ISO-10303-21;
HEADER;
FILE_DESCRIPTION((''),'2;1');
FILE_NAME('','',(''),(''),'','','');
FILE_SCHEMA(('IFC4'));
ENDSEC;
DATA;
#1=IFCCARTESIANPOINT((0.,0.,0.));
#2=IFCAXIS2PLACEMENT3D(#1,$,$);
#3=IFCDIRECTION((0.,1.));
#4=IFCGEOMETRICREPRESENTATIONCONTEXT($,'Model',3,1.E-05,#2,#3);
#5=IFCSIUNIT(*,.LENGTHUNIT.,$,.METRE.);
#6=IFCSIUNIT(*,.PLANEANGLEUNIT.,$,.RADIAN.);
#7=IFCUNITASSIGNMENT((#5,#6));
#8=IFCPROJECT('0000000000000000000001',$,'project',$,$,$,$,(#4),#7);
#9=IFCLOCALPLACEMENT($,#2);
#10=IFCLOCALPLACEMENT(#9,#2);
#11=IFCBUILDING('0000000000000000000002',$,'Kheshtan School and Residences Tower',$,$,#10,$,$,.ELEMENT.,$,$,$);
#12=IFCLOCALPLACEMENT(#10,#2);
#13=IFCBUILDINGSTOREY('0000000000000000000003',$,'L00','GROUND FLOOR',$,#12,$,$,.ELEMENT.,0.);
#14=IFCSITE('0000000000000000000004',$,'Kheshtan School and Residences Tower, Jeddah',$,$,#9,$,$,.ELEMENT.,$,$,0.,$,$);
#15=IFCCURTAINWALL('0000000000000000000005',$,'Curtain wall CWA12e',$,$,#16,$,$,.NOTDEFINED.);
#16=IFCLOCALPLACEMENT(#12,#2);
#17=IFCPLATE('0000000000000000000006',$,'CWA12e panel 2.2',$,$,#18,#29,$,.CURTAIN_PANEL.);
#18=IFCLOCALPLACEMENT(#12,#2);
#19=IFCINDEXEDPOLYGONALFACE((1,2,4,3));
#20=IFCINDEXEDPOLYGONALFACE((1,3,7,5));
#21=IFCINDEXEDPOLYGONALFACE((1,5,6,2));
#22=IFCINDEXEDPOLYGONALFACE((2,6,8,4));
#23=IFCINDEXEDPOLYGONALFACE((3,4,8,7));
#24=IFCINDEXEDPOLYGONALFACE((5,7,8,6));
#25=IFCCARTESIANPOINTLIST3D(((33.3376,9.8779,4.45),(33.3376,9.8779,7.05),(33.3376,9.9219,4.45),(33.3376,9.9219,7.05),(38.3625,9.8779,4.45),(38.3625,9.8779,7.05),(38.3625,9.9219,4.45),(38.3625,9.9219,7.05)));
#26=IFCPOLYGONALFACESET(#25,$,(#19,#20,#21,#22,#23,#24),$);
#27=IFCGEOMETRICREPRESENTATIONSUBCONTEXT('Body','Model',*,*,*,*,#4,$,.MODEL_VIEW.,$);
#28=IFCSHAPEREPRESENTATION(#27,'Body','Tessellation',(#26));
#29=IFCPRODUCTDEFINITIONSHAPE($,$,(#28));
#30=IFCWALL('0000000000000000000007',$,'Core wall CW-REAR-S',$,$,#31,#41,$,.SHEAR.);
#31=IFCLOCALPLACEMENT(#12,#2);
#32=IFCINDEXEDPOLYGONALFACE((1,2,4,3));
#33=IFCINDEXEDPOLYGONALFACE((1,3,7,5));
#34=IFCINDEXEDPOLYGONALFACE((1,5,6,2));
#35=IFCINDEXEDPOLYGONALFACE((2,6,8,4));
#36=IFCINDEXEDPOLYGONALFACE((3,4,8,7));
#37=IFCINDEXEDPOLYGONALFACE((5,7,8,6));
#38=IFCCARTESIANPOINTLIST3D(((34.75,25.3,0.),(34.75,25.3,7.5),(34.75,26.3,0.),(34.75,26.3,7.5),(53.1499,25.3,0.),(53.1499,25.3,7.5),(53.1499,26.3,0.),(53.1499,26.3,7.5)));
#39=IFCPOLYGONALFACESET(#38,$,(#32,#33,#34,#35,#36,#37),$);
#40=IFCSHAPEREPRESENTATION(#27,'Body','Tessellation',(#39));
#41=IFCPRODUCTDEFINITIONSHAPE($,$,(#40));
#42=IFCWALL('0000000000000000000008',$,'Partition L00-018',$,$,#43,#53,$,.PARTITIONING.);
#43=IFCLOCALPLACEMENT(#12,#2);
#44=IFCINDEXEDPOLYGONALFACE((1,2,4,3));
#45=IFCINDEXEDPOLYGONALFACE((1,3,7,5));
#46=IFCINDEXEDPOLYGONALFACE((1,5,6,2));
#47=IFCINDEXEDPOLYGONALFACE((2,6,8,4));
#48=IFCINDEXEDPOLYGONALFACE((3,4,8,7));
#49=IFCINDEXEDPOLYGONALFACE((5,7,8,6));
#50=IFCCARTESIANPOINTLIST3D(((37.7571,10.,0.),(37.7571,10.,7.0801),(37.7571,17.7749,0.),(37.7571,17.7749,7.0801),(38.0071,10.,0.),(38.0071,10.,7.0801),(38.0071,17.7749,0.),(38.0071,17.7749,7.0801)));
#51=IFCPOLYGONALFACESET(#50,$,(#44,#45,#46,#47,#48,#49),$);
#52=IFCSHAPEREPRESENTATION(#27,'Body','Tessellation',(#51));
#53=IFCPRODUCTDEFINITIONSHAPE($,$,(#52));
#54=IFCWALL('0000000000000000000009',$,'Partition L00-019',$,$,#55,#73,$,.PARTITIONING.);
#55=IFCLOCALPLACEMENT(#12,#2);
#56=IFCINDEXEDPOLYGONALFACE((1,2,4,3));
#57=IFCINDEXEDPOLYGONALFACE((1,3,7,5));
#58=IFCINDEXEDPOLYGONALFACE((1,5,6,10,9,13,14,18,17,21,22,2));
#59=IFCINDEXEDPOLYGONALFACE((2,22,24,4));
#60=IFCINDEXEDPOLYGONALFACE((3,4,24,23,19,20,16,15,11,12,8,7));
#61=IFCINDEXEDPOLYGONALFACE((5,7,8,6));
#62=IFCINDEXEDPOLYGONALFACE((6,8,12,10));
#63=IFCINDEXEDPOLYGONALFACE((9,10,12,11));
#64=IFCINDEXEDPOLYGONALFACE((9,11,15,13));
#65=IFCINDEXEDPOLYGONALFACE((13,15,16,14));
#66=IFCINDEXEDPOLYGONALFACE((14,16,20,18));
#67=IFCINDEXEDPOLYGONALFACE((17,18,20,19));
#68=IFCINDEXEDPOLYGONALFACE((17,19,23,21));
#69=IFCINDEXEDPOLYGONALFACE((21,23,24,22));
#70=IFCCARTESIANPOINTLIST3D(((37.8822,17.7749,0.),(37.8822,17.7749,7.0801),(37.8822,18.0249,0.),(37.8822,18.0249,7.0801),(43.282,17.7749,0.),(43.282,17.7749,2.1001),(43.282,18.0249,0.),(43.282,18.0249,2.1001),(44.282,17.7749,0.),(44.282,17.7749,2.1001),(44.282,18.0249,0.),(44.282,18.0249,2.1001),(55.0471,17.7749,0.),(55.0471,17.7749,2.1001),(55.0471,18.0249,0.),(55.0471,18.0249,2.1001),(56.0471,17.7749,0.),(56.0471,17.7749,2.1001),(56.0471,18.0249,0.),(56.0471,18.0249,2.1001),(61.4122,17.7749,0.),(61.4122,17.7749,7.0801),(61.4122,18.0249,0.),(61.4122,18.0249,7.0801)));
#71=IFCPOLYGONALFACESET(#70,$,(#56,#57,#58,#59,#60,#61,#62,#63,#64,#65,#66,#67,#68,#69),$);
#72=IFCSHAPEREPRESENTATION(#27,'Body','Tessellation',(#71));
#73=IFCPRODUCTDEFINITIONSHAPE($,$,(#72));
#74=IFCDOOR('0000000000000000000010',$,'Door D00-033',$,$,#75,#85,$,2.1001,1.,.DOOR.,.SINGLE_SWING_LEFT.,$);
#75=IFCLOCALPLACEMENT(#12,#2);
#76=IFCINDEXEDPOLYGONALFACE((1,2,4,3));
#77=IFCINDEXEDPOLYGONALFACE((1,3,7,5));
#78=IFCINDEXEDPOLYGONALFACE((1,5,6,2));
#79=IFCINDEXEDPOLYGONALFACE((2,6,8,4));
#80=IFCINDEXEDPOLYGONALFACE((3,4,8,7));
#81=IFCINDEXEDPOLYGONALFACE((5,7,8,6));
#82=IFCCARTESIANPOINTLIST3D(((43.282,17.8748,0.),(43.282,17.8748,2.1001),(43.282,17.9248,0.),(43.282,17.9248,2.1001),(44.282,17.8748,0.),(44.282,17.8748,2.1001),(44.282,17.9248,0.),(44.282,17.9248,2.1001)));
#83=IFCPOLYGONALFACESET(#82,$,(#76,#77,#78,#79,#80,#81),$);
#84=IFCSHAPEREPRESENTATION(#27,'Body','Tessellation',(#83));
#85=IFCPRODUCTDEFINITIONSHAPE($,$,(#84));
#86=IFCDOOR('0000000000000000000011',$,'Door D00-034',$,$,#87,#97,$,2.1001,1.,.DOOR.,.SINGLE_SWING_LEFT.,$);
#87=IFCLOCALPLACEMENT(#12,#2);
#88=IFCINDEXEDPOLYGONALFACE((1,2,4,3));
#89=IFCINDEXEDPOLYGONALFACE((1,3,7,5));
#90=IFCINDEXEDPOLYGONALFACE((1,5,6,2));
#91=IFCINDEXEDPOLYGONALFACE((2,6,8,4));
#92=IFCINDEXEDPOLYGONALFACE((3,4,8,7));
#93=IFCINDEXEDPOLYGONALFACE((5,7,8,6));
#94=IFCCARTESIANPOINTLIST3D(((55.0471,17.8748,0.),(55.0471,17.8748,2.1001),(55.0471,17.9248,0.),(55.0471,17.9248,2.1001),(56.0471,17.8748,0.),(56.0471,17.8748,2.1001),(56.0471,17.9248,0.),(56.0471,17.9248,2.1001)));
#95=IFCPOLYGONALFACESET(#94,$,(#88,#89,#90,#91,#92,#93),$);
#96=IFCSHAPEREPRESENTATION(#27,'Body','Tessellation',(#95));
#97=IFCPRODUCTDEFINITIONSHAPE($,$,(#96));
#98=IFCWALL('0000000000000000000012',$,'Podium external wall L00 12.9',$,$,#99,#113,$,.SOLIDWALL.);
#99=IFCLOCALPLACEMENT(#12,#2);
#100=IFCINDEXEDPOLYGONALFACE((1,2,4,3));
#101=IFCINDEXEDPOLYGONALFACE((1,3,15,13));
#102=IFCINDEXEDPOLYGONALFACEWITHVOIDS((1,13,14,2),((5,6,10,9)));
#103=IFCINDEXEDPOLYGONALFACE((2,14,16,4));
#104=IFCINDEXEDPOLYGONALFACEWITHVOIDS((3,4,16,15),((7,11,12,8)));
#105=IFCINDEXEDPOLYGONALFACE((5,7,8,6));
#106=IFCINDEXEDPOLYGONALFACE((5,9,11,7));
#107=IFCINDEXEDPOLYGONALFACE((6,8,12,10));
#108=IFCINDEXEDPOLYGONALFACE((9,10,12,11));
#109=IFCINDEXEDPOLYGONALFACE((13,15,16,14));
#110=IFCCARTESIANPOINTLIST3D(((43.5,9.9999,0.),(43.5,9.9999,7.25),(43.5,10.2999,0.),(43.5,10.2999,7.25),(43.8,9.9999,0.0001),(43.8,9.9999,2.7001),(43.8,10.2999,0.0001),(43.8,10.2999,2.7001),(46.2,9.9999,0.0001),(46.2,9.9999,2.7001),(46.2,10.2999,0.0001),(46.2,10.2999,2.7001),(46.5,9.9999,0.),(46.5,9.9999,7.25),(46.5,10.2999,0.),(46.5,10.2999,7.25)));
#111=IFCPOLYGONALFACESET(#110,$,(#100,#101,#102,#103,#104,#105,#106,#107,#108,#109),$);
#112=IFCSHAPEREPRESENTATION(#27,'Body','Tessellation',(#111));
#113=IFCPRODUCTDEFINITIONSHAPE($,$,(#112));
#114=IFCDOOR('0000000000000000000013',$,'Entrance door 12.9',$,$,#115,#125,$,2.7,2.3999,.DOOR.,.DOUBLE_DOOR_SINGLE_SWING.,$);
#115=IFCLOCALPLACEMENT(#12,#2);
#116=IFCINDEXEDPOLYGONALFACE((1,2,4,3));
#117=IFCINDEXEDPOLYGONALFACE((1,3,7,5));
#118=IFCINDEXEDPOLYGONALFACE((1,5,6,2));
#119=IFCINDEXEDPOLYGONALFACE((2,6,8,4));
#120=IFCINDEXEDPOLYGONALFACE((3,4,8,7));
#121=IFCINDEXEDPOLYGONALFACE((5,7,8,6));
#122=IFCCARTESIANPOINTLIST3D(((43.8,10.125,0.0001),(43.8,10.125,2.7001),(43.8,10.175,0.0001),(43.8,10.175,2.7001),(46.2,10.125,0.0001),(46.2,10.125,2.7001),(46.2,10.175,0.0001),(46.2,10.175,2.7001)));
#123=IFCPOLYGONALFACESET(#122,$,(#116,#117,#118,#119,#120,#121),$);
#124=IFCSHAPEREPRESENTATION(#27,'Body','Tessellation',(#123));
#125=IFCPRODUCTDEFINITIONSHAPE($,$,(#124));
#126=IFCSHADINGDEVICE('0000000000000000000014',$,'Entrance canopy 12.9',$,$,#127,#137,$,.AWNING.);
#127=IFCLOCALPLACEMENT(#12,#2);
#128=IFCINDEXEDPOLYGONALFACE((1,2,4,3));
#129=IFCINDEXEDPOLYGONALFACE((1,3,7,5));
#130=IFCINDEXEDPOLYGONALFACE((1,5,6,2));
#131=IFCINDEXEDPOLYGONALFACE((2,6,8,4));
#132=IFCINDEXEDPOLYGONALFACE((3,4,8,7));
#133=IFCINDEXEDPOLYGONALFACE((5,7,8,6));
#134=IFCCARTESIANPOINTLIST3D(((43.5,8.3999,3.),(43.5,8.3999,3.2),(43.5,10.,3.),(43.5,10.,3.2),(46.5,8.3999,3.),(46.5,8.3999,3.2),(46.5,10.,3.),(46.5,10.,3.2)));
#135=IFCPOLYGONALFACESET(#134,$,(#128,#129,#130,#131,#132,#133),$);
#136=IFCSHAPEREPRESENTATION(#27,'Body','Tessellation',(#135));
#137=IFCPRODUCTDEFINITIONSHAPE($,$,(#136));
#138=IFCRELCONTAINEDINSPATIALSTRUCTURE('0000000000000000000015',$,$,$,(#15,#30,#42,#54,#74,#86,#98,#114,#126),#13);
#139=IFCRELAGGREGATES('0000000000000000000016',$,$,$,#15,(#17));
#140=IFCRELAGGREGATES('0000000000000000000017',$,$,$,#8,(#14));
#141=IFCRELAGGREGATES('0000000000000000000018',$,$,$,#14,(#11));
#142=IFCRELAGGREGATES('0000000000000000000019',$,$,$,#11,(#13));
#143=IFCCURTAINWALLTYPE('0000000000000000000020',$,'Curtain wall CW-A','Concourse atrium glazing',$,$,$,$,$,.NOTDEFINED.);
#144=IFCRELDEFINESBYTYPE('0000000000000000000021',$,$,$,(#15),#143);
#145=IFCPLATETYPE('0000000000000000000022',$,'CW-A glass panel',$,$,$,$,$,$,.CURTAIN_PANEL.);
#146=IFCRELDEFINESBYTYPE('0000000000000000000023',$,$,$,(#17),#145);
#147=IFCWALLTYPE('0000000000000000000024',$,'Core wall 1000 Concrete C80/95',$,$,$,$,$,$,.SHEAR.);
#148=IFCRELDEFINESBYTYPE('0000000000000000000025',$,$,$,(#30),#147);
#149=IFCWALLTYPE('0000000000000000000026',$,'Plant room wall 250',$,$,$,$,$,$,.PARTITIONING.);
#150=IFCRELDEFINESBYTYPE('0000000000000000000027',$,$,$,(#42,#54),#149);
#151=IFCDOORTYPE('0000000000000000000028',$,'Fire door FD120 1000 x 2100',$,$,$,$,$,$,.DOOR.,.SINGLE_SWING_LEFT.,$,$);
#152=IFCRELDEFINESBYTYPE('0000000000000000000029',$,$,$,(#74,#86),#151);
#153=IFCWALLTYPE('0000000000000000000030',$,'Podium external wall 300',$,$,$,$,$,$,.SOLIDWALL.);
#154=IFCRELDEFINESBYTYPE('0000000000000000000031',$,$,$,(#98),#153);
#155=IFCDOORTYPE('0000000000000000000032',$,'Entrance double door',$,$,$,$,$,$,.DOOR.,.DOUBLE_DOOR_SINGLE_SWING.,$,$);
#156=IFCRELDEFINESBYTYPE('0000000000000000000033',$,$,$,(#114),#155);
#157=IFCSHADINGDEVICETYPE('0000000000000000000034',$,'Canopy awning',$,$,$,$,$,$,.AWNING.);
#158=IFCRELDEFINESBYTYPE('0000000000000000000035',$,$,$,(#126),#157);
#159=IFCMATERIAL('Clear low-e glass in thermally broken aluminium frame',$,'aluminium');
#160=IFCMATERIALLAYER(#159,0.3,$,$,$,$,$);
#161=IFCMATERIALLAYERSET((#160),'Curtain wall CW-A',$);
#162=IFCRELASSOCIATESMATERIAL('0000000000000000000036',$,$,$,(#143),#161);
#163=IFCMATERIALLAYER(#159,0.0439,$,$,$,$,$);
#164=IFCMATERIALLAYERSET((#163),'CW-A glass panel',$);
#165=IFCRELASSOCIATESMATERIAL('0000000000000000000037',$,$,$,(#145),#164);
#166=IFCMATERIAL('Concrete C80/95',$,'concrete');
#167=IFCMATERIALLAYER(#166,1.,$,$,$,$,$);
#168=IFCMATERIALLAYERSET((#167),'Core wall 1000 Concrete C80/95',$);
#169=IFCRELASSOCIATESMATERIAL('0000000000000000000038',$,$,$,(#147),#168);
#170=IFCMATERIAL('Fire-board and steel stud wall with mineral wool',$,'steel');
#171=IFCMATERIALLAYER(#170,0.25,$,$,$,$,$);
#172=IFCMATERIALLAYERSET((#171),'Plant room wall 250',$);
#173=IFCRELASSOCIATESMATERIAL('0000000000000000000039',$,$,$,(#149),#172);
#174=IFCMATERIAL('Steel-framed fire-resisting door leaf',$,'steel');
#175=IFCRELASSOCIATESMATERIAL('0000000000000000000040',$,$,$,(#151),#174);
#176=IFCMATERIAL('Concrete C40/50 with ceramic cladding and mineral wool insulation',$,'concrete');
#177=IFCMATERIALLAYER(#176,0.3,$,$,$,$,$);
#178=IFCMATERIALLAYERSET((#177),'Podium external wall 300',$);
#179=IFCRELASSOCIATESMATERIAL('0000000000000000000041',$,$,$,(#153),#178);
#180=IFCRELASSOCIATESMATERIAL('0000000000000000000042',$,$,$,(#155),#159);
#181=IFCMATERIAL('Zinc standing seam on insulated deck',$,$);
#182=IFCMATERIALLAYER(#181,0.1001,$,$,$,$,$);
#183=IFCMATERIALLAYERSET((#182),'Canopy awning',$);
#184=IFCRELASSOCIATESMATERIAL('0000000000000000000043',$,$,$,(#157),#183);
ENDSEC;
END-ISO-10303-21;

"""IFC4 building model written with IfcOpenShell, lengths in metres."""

from ifc_helpers import new_model, si_unit, direction, frame, frame_2d, origin, origin_2d, place, context, subcontext, project, spatial, rectangle, extrude, source, transform, mapped, material, layer, layer_set, type_object, element, fill, aggregate, save


model = new_model("IFC4")

# Units and contexts
model_context = context("Model", 3, precision=1e-05, world=origin(), true_north=direction((0.0, 1.0)))
body_context = subcontext(model_context, "Body", "Model", "MODEL_VIEW")
ifc_project = project(units=[si_unit("LENGTHUNIT", "METRE"), si_unit("PLANEANGLEUNIT", "RADIAN")], contexts=[model_context])

# Site, building, storey
site_placement = place(None, origin())
site = spatial("IfcSite", under=ifc_project, at=site_placement, Name="Kheshtan School and Residences Tower, Jeddah", CompositionType="ELEMENT", RefElevation=0.0)
building_placement = place(site_placement, origin())
building = spatial("IfcBuilding", under=site, at=building_placement, Name="Kheshtan School and Residences Tower", CompositionType="ELEMENT")
storey_placement = place(building_placement, origin())
storey = spatial("IfcBuildingStorey", under=building, at=storey_placement, Name="L00", Description="GROUND FLOOR", CompositionType="ELEMENT", Elevation=0.0)

# Shared definitions
ifc_material_1 = material(Name="Clear low-e glass in thermally broken aluminium frame", Category="aluminium")
ifc_layer_1 = layer(ifc_material_1, 0.3)
ifc_layer_set_1 = layer_set([ifc_layer_1], Name="Curtain wall CW-A")
curtain_wall_type = type_object("IfcCurtainWallType", Name="Curtain wall CW-A", Description="Concourse atrium glazing", PredefinedType="NOTDEFINED", material=ifc_layer_set_1)

# Curtain wall
curtain_wall_1_placement = place(storey_placement, origin())
curtain_wall_1 = element("IfcCurtainWall", 1, at=curtain_wall_1_placement, inside=storey, type_object=curtain_wall_type, Name="Curtain wall CWA12e", PredefinedType="NOTDEFINED")

# Plate
ifc_layer_2 = layer(ifc_material_1, 0.0439)
ifc_layer_set_2 = layer_set([ifc_layer_2], Name="CW-A glass panel")
plate_type = type_object("IfcPlateType", Name="CW-A glass panel", PredefinedType="CURTAIN_PANEL", material=ifc_layer_set_2)
plate_1_placement = place(storey_placement, frame((35.8501, 9.8999, 4.45), z_axis=(0.0, 0.0, 1.0), x_axis=(-1.0, 0.0, 0.0)))
plate_1 = element("IfcPlate", 2, at=plate_1_placement, type_object=plate_type, Name="CWA12e panel 2.2", PredefinedType="CURTAIN_PANEL", context=body_context, shape_type="SweptSolid", body=[
    extrude(rectangle(XDim=5.0249, YDim=0.0439, at=origin_2d()), origin(), (0.0, 0.0, 1.0), 2.6001),
])
aggregate(curtain_wall_1, [plate_1])

# Walls
ifc_material_2 = material(Name="Concrete C80/95", Category="concrete")
ifc_layer_3 = layer(ifc_material_2, 1.0)
ifc_layer_set_3 = layer_set([ifc_layer_3], Name="Core wall 1000 Concrete C80/95")
wall_type_1 = type_object("IfcWallType", Name="Core wall 1000 Concrete C80/95", PredefinedType="SHEAR", material=ifc_layer_set_3)
wall_1_placement = place(storey_placement, frame((34.75, 25.8, 0.0), z_axis=(0.0, 0.0, 1.0), x_axis=(1.0, 0.0, 0.0)))
element("IfcWall", 3, at=wall_1_placement, inside=storey, type_object=wall_type_1, Name="Core wall CW-REAR-S", PredefinedType="SHEAR", context=body_context, shape_type="SweptSolid", body=[
    extrude(rectangle(XDim=18.3999, YDim=1.0, at=frame_2d((9.2, 0.0))), origin(), (0.0, 0.0, 1.0), 7.5),
])
ifc_material_3 = material(Name="Fire-board and steel stud wall with mineral wool", Category="steel")
ifc_layer_4 = layer(ifc_material_3, 0.25)
ifc_layer_set_4 = layer_set([ifc_layer_4], Name="Plant room wall 250")
wall_type_2 = type_object("IfcWallType", Name="Plant room wall 250", PredefinedType="PARTITIONING", material=ifc_layer_set_4)
wall_2_placement = place(storey_placement, frame((37.8821, 10.0, 0.0), z_axis=(0.0, 0.0, 1.0), x_axis=(0.0, 1.0, 0.0)))
element("IfcWall", 4, at=wall_2_placement, inside=storey, type_object=wall_type_2, Name="Partition L00-018", PredefinedType="PARTITIONING", context=body_context, shape_type="SweptSolid", body=[
    extrude(rectangle(XDim=7.7749, YDim=0.25, at=frame_2d((3.8875, 0.0))), origin(), (0.0, 0.0, 1.0), 7.0801),
])

# Wall, openings, doors
wall_3_placement = place(storey_placement, frame((37.8821, 17.8999, 0.0), z_axis=(0.0, 0.0, 1.0), x_axis=(1.0, 0.0, 0.0)))
wall_3 = element("IfcWall", 5, at=wall_3_placement, inside=storey, type_object=wall_type_2, Name="Partition L00-019", PredefinedType="PARTITIONING", context=body_context, shape_type="SweptSolid", body=[
    extrude(rectangle(XDim=23.53, YDim=0.25, at=frame_2d((11.7651, 0.0))), origin(), (0.0, 0.0, 1.0), 7.0801),
])
opening_1_placement = place(wall_3_placement, frame((5.3999, 0.0, 0.0)))
opening_1 = element("IfcOpeningElement", 6, at=opening_1_placement, cuts=wall_3, PredefinedType="OPENING", context=body_context, shape_type="SweptSolid", body=[
    extrude(rectangle(XDim=1.0, YDim=2.1001, at=frame_2d((0.5, 1.05))), frame((0.0, 0.135, 0.0), z_axis=(0.0, -1.0, 0.0), x_axis=(1.0, 0.0, 0.0)), (0.0, 0.0, 1.0), 0.27),
])
opening_2_placement = place(wall_3_placement, frame((17.165, 0.0, 0.0)))
opening_2 = element("IfcOpeningElement", 7, at=opening_2_placement, cuts=wall_3, PredefinedType="OPENING", context=body_context, shape_type="SweptSolid", body=[
    extrude(rectangle(XDim=1.0, YDim=2.1001, at=frame_2d((0.5, 1.05))), frame((0.0, 0.135, 0.0), z_axis=(0.0, -1.0, 0.0), x_axis=(1.0, 0.0, 0.0)), (0.0, 0.0, 1.0), 0.27),
])
ifc_material_4 = material(Name="Steel-framed fire-resisting door leaf", Category="steel")
door_type_1 = type_object("IfcDoorType", Name="Fire door FD120 1000 x 2100", OperationType="SINGLE_SWING_LEFT", PredefinedType="DOOR", material=ifc_material_4)
shared_shape_1 = source(origin(), body_context, "Body", "SweptSolid", [
    extrude(rectangle(XDim=1.0, YDim=2.1001, at=frame_2d((0.5, 1.05))), frame((0.0, 0.0249, 0.0), z_axis=(0.0, -1.0, 0.0), x_axis=(1.0, 0.0, 0.0)), (0.0, 0.0, 1.0), 0.05),
])
door_1_placement = place(opening_1_placement, origin())
door_1 = element("IfcDoor", 8, at=door_1_placement, inside=storey, type_object=door_type_1, Name="Door D00-033", OperationType="SINGLE_SWING_LEFT", OverallHeight=2.1001, OverallWidth=1.0, PredefinedType="DOOR", context=body_context, shape_type="MappedRepresentation", body=[
    mapped(shared_shape_1, transform((0.0, 0.0, 0.0), x_axis=(1.0, 0.0, 0.0), y_axis=(0.0, 1.0, 0.0), z_axis=(0.0, 0.0, 1.0), scale=1.0)),
])
fill(opening_1, door_1)
door_2_placement = place(opening_2_placement, origin())
door_2 = element("IfcDoor", 9, at=door_2_placement, inside=storey, type_object=door_type_1, Name="Door D00-034", OperationType="SINGLE_SWING_LEFT", OverallHeight=2.1001, OverallWidth=1.0, PredefinedType="DOOR", context=body_context, shape_type="MappedRepresentation", body=[
    mapped(shared_shape_1, transform((0.0, 0.0, 0.0), x_axis=(1.0, 0.0, 0.0), y_axis=(0.0, 1.0, 0.0), z_axis=(0.0, 0.0, 1.0), scale=1.0)),
])
fill(opening_2, door_2)

# Wall, opening, door
ifc_material_5 = material(Name="Concrete C40/50 with ceramic cladding and mineral wool insulation", Category="concrete")
ifc_layer_5 = layer(ifc_material_5, 0.3)
ifc_layer_set_5 = layer_set([ifc_layer_5], Name="Podium external wall 300")
wall_type_3 = type_object("IfcWallType", Name="Podium external wall 300", PredefinedType="SOLIDWALL", material=ifc_layer_set_5)
wall_4_placement = place(storey_placement, frame((46.5, 10.1499, 0.0), z_axis=(0.0, 0.0, 1.0), x_axis=(-1.0, 0.0, 0.0)))
wall_4 = element("IfcWall", 10, at=wall_4_placement, inside=storey, type_object=wall_type_3, Name="Podium external wall L00 12.9", PredefinedType="SOLIDWALL", context=body_context, shape_type="SweptSolid", body=[
    extrude(rectangle(XDim=3.0, YDim=0.3, at=frame_2d((1.5, 0.0))), origin(), (0.0, 0.0, 1.0), 7.25),
])
opening_3_placement = place(wall_4_placement, frame((0.3, 0.0, 0.0)))
opening_3 = element("IfcOpeningElement", 11, at=opening_3_placement, cuts=wall_4, PredefinedType="OPENING", context=body_context, shape_type="SweptSolid", body=[
    extrude(rectangle(XDim=2.3999, YDim=2.7, at=frame_2d((1.2, 1.3501))), frame((0.0, 0.1602, 0.0), z_axis=(0.0, -1.0, 0.0), x_axis=(1.0, 0.0, 0.0)), (0.0, 0.0, 1.0), 0.3201),
])
door_type_2 = type_object("IfcDoorType", Name="Entrance double door", OperationType="DOUBLE_DOOR_SINGLE_SWING", PredefinedType="DOOR", material=ifc_material_1)
shared_shape_2 = source(origin(), body_context, "Body", "SweptSolid", [
    extrude(rectangle(XDim=2.3999, YDim=2.7, at=frame_2d((1.2, 1.3501))), frame((0.0, 0.0249, 0.0), z_axis=(0.0, -1.0, 0.0), x_axis=(1.0, 0.0, 0.0)), (0.0, 0.0, 1.0), 0.05),
])
door_3_placement = place(opening_3_placement, origin())
door_3 = element("IfcDoor", 12, at=door_3_placement, inside=storey, type_object=door_type_2, Name="Entrance door 12.9", OperationType="DOUBLE_DOOR_SINGLE_SWING", OverallHeight=2.7, OverallWidth=2.3999, PredefinedType="DOOR", context=body_context, shape_type="MappedRepresentation", body=[
    mapped(shared_shape_2, transform((0.0, 0.0, 0.0), x_axis=(1.0, 0.0, 0.0), y_axis=(0.0, 1.0, 0.0), z_axis=(0.0, 0.0, 1.0), scale=1.0)),
])
fill(opening_3, door_3)

# Shading device
ifc_material_6 = material(Name="Zinc standing seam on insulated deck")
ifc_layer_6 = layer(ifc_material_6, 0.1001)
ifc_layer_set_6 = layer_set([ifc_layer_6], Name="Canopy awning")
shading_device_type = type_object("IfcShadingDeviceType", Name="Canopy awning", PredefinedType="AWNING", material=ifc_layer_set_6)
shading_device_placement = place(storey_placement, frame((45.0, 9.2, 3.0), z_axis=(0.0, 0.0, 1.0), x_axis=(-1.0, 0.0, 0.0)))
element("IfcShadingDevice", 13, at=shading_device_placement, inside=storey, type_object=shading_device_type, Name="Entrance canopy 12.9", PredefinedType="AWNING", context=body_context, shape_type="SweptSolid", body=[
    extrude(rectangle(XDim=3.0, YDim=1.6001, at=origin_2d()), origin(), (0.0, 0.0, 1.0), 0.2),
])

save(model, "model.ifc")
